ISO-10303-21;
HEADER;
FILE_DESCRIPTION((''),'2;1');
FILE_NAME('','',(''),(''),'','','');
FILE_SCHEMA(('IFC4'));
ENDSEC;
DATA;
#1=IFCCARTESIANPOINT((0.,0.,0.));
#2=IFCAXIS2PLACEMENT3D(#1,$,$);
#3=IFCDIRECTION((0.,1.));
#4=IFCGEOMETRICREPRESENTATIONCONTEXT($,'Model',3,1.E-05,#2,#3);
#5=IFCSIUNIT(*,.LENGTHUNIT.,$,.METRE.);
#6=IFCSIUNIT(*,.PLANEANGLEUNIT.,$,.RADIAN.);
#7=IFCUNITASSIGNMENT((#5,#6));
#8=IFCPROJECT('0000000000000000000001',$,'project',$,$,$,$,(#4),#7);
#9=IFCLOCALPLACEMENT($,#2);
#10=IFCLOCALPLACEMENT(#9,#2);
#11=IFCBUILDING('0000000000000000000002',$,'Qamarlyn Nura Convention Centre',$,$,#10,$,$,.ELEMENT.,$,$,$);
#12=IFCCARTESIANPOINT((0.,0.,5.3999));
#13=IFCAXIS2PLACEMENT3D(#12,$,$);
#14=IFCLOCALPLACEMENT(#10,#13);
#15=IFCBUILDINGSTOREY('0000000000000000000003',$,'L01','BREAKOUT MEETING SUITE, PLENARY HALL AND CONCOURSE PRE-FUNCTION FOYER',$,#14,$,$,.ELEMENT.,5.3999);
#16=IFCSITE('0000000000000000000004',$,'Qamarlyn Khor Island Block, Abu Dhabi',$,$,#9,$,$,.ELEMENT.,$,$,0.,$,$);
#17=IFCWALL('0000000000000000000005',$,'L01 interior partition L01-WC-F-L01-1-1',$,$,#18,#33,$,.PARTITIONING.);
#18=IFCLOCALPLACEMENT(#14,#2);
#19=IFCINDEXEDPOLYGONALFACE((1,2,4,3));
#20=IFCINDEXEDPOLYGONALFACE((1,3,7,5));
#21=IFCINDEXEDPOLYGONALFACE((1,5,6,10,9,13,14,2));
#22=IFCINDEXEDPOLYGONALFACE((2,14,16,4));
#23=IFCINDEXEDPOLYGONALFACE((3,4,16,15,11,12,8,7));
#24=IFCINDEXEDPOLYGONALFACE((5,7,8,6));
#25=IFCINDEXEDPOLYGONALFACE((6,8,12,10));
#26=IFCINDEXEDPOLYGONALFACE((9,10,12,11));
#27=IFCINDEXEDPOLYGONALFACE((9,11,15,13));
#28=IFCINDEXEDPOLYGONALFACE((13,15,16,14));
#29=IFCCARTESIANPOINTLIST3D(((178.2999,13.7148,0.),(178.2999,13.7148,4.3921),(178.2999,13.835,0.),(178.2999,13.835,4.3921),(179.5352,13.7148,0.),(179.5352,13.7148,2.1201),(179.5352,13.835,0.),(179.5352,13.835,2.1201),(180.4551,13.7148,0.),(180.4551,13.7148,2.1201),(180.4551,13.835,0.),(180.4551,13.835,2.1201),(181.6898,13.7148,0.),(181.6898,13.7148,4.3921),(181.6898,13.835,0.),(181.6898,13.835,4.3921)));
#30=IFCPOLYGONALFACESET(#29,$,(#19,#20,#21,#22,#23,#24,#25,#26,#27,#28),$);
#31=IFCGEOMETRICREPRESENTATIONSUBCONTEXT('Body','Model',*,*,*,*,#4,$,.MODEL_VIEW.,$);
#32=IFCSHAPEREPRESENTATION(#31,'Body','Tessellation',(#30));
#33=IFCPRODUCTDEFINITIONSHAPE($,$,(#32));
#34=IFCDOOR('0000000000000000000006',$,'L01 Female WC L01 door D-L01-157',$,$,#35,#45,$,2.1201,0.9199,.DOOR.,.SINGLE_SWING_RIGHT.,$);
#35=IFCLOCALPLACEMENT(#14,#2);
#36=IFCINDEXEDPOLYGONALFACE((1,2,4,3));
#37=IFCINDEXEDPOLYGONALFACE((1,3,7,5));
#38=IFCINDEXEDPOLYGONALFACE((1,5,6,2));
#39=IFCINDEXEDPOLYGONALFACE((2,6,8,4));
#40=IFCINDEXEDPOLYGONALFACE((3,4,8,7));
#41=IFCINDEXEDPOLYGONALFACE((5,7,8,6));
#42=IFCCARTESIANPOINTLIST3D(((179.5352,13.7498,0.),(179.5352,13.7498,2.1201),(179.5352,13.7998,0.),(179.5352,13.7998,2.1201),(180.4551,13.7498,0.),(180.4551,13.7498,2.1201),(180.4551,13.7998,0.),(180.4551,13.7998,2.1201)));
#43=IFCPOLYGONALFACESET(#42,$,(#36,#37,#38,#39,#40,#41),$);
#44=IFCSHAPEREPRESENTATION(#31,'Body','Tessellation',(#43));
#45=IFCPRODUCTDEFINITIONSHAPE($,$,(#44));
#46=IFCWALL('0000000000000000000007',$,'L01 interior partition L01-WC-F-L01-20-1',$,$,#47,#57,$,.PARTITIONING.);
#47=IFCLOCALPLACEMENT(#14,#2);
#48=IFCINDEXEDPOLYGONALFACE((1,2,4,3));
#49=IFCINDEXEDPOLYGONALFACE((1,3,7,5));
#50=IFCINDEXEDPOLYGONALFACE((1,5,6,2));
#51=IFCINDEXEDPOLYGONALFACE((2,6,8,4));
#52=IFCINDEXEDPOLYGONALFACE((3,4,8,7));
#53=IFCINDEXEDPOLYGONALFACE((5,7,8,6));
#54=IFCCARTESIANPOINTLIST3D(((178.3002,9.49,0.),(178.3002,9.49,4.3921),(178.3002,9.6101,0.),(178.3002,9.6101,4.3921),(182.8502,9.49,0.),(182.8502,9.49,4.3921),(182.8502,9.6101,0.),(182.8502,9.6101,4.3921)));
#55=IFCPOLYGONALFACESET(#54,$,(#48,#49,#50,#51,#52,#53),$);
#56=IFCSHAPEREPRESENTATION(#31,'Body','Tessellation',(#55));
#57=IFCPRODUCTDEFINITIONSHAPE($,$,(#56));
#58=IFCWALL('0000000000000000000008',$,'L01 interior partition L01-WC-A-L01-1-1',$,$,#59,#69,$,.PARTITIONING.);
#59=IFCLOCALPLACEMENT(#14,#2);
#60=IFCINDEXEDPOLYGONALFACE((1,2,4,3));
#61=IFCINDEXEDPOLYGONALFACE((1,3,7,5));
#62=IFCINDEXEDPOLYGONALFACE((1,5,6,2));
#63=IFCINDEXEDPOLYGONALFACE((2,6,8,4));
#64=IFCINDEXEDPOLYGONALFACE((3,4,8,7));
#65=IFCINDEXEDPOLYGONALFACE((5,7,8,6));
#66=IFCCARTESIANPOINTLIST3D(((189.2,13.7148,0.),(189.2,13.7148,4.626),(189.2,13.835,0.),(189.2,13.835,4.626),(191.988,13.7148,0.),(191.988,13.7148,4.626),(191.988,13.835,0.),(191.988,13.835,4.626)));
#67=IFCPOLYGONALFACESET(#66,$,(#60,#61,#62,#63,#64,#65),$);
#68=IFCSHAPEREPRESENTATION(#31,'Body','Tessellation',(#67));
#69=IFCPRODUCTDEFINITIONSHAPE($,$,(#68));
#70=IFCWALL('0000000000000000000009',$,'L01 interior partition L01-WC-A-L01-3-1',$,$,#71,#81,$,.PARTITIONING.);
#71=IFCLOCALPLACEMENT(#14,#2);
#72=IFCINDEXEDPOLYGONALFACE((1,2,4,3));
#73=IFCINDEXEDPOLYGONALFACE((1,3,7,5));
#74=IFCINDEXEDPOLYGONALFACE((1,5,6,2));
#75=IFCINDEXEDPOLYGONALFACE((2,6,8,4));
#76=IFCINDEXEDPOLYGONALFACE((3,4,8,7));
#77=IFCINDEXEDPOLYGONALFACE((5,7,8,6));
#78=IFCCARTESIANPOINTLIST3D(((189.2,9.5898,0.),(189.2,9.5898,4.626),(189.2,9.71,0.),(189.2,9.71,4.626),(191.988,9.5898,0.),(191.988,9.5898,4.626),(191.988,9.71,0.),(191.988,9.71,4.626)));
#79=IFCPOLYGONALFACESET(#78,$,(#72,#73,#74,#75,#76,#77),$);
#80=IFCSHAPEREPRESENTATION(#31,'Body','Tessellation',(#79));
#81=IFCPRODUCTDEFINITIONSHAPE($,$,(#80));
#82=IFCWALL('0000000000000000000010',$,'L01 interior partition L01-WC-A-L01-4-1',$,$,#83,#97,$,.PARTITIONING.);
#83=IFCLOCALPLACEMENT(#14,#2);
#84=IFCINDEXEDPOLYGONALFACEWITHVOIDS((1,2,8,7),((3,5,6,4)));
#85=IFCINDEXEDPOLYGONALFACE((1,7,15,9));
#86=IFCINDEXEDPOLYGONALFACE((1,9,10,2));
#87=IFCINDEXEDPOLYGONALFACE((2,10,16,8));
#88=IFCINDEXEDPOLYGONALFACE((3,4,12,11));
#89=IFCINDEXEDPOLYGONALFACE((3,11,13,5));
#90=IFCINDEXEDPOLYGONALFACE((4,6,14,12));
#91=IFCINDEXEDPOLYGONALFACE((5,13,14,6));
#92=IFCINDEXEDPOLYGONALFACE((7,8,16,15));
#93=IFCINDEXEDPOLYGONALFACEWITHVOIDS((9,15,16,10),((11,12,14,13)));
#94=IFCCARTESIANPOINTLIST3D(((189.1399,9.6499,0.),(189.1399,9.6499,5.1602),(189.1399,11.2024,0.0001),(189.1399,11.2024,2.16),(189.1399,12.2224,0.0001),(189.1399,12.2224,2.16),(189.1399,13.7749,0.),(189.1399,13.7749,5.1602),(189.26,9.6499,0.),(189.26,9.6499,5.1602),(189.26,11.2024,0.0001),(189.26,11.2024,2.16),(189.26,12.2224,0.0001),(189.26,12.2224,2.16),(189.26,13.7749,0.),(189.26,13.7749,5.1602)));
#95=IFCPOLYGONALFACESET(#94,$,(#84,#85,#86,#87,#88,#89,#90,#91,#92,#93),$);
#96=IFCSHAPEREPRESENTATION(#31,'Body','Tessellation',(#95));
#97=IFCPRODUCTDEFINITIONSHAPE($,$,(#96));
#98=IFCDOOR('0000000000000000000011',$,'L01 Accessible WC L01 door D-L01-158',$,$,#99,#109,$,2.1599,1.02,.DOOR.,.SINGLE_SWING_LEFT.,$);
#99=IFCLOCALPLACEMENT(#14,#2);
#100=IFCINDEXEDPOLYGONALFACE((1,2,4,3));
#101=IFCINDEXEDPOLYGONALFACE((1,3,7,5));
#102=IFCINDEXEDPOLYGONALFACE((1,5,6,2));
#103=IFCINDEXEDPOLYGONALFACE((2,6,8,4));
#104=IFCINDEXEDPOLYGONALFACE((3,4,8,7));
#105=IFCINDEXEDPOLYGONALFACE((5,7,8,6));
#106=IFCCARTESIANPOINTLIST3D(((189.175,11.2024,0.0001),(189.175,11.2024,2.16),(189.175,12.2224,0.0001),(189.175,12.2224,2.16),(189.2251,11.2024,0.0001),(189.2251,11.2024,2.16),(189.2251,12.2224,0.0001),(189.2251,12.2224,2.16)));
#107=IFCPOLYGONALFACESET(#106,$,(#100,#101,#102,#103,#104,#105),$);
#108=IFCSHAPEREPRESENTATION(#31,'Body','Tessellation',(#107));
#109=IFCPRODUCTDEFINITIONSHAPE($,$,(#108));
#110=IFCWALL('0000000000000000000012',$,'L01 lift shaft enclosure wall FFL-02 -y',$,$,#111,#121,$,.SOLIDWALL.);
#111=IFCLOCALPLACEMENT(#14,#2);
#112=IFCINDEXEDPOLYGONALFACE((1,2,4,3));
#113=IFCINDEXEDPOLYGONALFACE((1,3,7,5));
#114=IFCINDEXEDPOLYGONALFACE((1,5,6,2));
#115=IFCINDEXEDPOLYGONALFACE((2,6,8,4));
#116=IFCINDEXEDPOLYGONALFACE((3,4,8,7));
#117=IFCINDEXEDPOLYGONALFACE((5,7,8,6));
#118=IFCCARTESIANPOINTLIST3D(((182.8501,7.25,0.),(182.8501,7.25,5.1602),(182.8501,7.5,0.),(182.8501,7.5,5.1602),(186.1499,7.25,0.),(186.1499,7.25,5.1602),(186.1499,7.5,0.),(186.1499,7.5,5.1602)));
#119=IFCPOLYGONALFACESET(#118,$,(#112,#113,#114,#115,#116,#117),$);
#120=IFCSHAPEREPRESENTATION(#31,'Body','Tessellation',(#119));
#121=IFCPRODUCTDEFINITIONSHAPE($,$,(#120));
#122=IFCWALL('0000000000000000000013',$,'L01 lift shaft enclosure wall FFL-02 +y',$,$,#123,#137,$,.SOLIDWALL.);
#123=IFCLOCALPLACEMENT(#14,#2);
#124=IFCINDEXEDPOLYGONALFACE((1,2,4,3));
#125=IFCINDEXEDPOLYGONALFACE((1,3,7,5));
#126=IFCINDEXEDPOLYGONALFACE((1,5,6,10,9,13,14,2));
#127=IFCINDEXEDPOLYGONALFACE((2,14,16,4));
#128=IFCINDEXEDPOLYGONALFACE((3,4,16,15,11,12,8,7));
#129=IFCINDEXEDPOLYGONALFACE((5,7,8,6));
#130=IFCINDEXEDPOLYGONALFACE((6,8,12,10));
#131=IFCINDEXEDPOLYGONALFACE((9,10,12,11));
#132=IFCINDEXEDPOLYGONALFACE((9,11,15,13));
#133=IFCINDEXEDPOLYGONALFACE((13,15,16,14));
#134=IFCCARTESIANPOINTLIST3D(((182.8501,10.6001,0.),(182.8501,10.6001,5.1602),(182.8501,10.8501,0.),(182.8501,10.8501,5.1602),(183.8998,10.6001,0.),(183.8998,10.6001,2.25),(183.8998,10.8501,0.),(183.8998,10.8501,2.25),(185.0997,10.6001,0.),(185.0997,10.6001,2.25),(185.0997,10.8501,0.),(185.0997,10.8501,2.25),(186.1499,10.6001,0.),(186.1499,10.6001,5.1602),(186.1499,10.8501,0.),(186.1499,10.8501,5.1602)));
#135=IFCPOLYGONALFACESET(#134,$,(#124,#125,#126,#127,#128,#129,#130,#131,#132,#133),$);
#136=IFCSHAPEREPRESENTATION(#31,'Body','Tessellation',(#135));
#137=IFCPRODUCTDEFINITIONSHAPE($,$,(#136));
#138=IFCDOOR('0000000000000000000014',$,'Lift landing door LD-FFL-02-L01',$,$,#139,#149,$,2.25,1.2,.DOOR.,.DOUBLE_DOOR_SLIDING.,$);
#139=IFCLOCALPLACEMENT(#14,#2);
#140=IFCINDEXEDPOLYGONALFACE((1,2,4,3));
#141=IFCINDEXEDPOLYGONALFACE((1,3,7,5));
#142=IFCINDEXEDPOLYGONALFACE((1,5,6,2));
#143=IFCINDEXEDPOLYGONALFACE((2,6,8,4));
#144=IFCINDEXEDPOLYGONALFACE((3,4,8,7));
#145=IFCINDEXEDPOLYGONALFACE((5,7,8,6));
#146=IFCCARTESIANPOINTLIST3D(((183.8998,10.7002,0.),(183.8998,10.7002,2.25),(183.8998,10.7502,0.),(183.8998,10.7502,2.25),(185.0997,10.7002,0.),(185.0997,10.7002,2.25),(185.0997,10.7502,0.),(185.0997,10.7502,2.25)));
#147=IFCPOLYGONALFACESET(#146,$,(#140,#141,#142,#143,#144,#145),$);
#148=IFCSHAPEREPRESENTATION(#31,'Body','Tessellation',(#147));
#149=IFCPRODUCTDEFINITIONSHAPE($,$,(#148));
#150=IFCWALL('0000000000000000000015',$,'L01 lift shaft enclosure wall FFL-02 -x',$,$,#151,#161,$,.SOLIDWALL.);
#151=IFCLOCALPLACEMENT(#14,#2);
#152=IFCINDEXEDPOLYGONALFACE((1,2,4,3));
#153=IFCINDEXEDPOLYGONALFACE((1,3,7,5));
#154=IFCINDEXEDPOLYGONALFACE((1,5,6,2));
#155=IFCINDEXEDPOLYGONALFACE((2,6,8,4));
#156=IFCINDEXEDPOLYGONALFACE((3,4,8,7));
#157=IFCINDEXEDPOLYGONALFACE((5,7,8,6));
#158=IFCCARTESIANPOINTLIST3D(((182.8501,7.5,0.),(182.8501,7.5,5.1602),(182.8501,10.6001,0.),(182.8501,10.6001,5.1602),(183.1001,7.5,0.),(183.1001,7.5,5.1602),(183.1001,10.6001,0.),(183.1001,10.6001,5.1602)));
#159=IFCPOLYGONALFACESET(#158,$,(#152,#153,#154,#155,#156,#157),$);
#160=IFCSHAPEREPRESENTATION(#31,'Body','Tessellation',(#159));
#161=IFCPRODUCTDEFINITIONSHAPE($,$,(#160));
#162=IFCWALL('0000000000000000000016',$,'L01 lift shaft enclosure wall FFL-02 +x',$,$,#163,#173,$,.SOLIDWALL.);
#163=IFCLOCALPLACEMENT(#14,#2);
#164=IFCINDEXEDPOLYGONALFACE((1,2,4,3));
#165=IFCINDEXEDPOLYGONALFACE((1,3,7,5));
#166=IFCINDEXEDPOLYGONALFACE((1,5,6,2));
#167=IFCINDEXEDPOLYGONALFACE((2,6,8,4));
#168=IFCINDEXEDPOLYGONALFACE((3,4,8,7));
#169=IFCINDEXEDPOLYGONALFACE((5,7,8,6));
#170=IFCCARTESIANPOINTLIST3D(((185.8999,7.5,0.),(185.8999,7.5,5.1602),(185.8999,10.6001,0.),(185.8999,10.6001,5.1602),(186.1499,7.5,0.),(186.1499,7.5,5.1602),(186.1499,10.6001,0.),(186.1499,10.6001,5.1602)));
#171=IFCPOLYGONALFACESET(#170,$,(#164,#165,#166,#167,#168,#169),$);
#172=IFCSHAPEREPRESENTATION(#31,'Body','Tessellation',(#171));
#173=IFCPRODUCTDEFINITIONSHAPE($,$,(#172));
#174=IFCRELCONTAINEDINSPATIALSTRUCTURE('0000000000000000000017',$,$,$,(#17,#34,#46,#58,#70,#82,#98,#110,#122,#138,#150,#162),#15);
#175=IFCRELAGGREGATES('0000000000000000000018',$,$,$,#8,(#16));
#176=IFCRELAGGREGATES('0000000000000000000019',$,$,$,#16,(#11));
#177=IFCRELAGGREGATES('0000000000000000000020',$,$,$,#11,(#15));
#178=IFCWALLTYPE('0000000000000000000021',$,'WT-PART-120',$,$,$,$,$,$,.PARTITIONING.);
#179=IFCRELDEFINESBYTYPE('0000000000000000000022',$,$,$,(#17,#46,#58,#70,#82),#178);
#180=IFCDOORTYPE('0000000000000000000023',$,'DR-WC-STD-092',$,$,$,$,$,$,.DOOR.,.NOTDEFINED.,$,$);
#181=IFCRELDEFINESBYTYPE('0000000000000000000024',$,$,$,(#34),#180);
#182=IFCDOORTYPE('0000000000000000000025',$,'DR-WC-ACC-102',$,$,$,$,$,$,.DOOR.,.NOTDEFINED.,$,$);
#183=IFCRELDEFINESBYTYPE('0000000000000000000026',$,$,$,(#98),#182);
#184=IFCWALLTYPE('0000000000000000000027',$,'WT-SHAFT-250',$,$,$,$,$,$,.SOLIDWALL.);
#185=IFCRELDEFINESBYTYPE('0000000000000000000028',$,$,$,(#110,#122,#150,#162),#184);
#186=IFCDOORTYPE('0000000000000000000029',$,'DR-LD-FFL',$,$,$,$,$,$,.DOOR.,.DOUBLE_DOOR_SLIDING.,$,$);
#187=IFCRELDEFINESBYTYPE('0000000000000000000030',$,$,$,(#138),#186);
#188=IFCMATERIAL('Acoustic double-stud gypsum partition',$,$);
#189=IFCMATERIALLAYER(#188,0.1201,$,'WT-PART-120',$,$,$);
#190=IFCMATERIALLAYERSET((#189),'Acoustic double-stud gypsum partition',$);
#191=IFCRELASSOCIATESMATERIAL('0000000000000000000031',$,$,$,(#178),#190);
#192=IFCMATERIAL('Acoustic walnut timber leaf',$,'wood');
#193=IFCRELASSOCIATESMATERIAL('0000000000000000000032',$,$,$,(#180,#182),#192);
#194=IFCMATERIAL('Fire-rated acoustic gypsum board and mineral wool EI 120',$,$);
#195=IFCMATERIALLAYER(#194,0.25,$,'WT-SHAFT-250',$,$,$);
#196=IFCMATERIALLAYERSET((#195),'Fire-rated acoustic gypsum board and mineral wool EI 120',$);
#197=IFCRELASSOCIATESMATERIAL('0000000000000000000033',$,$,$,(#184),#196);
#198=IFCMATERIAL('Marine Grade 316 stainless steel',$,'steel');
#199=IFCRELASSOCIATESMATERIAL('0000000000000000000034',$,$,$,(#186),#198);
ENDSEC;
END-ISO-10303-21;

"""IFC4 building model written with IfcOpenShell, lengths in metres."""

from ifc_helpers import new_model, si_unit, direction, frame, frame_2d, origin, place, context, subcontext, project, spatial, rectangle, extrude, material, layer, layer_set, type_object, element, fill, save


model = new_model("IFC4")

# Units and contexts
model_context = context("Model", 3, precision=1e-05, world=origin(), true_north=direction((0.0, 1.0)))
body_context = subcontext(model_context, "Body", "Model", "MODEL_VIEW")
ifc_project = project(units=[si_unit("LENGTHUNIT", "METRE"), si_unit("PLANEANGLEUNIT", "RADIAN")], contexts=[model_context])

# Site, building, storey
site_placement = place(None, origin())
site = spatial("IfcSite", under=ifc_project, at=site_placement, Name="Qamarlyn Khor Island Block, Abu Dhabi", CompositionType="ELEMENT", RefElevation=0.0)
building_placement = place(site_placement, origin())
building = spatial("IfcBuilding", under=site, at=building_placement, Name="Qamarlyn Nura Convention Centre", CompositionType="ELEMENT")
storey_placement = place(building_placement, frame((0.0, 0.0, 5.3999)))
storey = spatial("IfcBuildingStorey", under=building, at=storey_placement, Name="L01", Description="BREAKOUT MEETING SUITE, PLENARY HALL AND CONCOURSE PRE-FUNCTION FOYER", CompositionType="ELEMENT", Elevation=5.3999)

# Shared definitions
ifc_material_1 = material(Name="Fire-rated acoustic gypsum board and mineral wool EI 120")

# Wall, opening, door
ifc_material_2 = material(Name="Acoustic double-stud gypsum partition")
ifc_layer_1 = layer(ifc_material_2, 0.1201, Name="WT-PART-120")
ifc_layer_set_1 = layer_set([ifc_layer_1], Name="Acoustic double-stud gypsum partition")
wall_type_1 = type_object("IfcWallType", Name="WT-PART-120", PredefinedType="PARTITIONING", material=ifc_layer_set_1)
wall_1_placement = place(storey_placement, frame((178.3, 13.7749, 0.0), z_axis=(0.0, 0.0, 1.0), x_axis=(1.0, 0.0, 0.0)))
wall_1 = element("IfcWall", 1, at=wall_1_placement, inside=storey, type_object=wall_type_1, Name="L01 interior partition L01-WC-F-L01-1-1", PredefinedType="PARTITIONING", context=body_context, shape_type="SweptSolid", body=[
    extrude(rectangle(XDim=3.3899, YDim=0.1201, at=frame_2d((1.6948, 0.0))), origin(), (0.0, 0.0, 1.0), 4.3921),
])
opening_1_placement = place(wall_1_placement, frame((1.2351, 0.0, 0.0)))
opening_1 = element("IfcOpeningElement", 2, at=opening_1_placement, cuts=wall_1, PredefinedType="OPENING", context=body_context, shape_type="SweptSolid", body=[
    extrude(rectangle(XDim=0.9199, YDim=2.1201, at=frame_2d((0.46, 1.0601))), frame((0.0, 0.0701, 0.0), z_axis=(0.0, -1.0, 0.0), x_axis=(1.0, 0.0, 0.0)), (0.0, 0.0, 1.0), 0.1401),
])
ifc_material_3 = material(Name="Acoustic walnut timber leaf", Category="wood")
door_type_1 = type_object("IfcDoorType", Name="DR-WC-STD-092", OperationType="NOTDEFINED", PredefinedType="DOOR", material=ifc_material_3)
door_1_placement = place(opening_1_placement, origin())
door_1 = element("IfcDoor", 3, at=door_1_placement, inside=storey, type_object=door_type_1, Name="L01 Female WC L01 door D-L01-157", OperationType="SINGLE_SWING_RIGHT", OverallHeight=2.1201, OverallWidth=0.9199, PredefinedType="DOOR", context=body_context, shape_type="SweptSolid", body=[
    extrude(rectangle(XDim=0.9199, YDim=2.1201, at=frame_2d((0.46, 1.0601))), frame((0.0, 0.0249, 0.0), z_axis=(0.0, -1.0, 0.0), x_axis=(1.0, 0.0, 0.0)), (0.0, 0.0, 1.0), 0.05),
])
fill(opening_1, door_1)

# Walls
wall_2_placement = place(storey_placement, frame((182.8501, 9.55, 0.0), z_axis=(0.0, 0.0, 1.0), x_axis=(-1.0, 0.0, 0.0)))
element("IfcWall", 4, at=wall_2_placement, inside=storey, type_object=wall_type_1, Name="L01 interior partition L01-WC-F-L01-20-1", PredefinedType="PARTITIONING", context=body_context, shape_type="SweptSolid", body=[
    extrude(rectangle(XDim=4.55, YDim=0.1201, at=frame_2d((2.2749, 0.0))), origin(), (0.0, 0.0, 1.0), 4.3921),
])
for number, where, z_axis, x_axis, name in (
    (5, (189.2, 13.7749, 0.0), (0.0, 0.0, 1.0), (1.0, 0.0, 0.0), "L01 interior partition L01-WC-A-L01-1-1"),
    (6, (191.988, 9.6499, 0.0), (0.0, 0.0, 1.0), (-1.0, 0.0, 0.0), "L01 interior partition L01-WC-A-L01-3-1"),
):
    element("IfcWall", number, at=place(storey_placement, frame(where, z_axis=z_axis, x_axis=x_axis)), inside=storey, type_object=wall_type_1, Name=name, PredefinedType="PARTITIONING", context=body_context, shape_type="SweptSolid", body=[
        extrude(rectangle(XDim=2.7881, YDim=0.1201, at=frame_2d((1.394, 0.0))), origin(), (0.0, 0.0, 1.0), 4.626),
    ])

# Wall, opening, door
wall_3_placement = place(storey_placement, frame((189.2, 9.6499, 0.0), z_axis=(0.0, 0.0, 1.0), x_axis=(0.0, 1.0, 0.0)))
wall_3 = element("IfcWall", 7, at=wall_3_placement, inside=storey, type_object=wall_type_1, Name="L01 interior partition L01-WC-A-L01-4-1", PredefinedType="PARTITIONING", context=body_context, shape_type="SweptSolid", body=[
    extrude(rectangle(XDim=4.125, YDim=0.1201, at=frame_2d((2.0625, 0.0))), origin(), (0.0, 0.0, 1.0), 5.1602),
])
opening_2_placement = place(wall_3_placement, frame((1.5525, 0.0, 0.0)))
opening_2 = element("IfcOpeningElement", 8, at=opening_2_placement, cuts=wall_3, PredefinedType="OPENING", context=body_context, shape_type="SweptSolid", body=[
    extrude(rectangle(XDim=1.02, YDim=2.1599, at=frame_2d((0.51, 1.0801))), frame((0.0, 0.0701, 0.0), z_axis=(0.0, -1.0, 0.0), x_axis=(1.0, 0.0, 0.0)), (0.0, 0.0, 1.0), 0.1401),
])
door_type_2 = type_object("IfcDoorType", Name="DR-WC-ACC-102", OperationType="NOTDEFINED", PredefinedType="DOOR", material=ifc_material_3)
door_2_placement = place(opening_2_placement, origin())
door_2 = element("IfcDoor", 9, at=door_2_placement, inside=storey, type_object=door_type_2, Name="L01 Accessible WC L01 door D-L01-158", OperationType="SINGLE_SWING_LEFT", OverallHeight=2.1599, OverallWidth=1.02, PredefinedType="DOOR", context=body_context, shape_type="SweptSolid", body=[
    extrude(rectangle(XDim=1.02, YDim=2.1599, at=frame_2d((0.51, 1.0801))), frame((0.0, 0.0249, 0.0), z_axis=(0.0, -1.0, 0.0), x_axis=(1.0, 0.0, 0.0)), (0.0, 0.0, 1.0), 0.05),
])
fill(opening_2, door_2)

# Wall
ifc_layer_2 = layer(ifc_material_1, 0.25, Name="WT-SHAFT-250")
ifc_layer_set_2 = layer_set([ifc_layer_2], Name="Fire-rated acoustic gypsum board and mineral wool EI 120")
wall_type_2 = type_object("IfcWallType", Name="WT-SHAFT-250", PredefinedType="SOLIDWALL", material=ifc_layer_set_2)
wall_4_placement = place(storey_placement, frame((182.8501, 7.375, 0.0), z_axis=(0.0, 0.0, 1.0), x_axis=(1.0, 0.0, 0.0)))
element("IfcWall", 10, at=wall_4_placement, inside=storey, type_object=wall_type_2, Name="L01 lift shaft enclosure wall FFL-02 -y", PredefinedType="SOLIDWALL", context=body_context, shape_type="SweptSolid", body=[
    extrude(rectangle(XDim=3.2998, YDim=0.25, at=frame_2d((1.6499, 0.0))), origin(), (0.0, 0.0, 1.0), 5.1602),
])

# Wall, opening, door
wall_5_placement = place(storey_placement, frame((186.1499, 10.7251, 0.0), z_axis=(0.0, 0.0, 1.0), x_axis=(-1.0, 0.0, 0.0)))
wall_5 = element("IfcWall", 11, at=wall_5_placement, inside=storey, type_object=wall_type_2, Name="L01 lift shaft enclosure wall FFL-02 +y", PredefinedType="SOLIDWALL", context=body_context, shape_type="SweptSolid", body=[
    extrude(rectangle(XDim=3.2998, YDim=0.25, at=frame_2d((1.6499, 0.0))), origin(), (0.0, 0.0, 1.0), 5.1602),
])
opening_3_placement = place(wall_5_placement, frame((1.05, 0.0, 0.0)))
opening_3 = element("IfcOpeningElement", 12, at=opening_3_placement, cuts=wall_5, PredefinedType="OPENING", context=body_context, shape_type="SweptSolid", body=[
    extrude(rectangle(XDim=1.2, YDim=2.25, at=frame_2d((0.6001, 1.125))), frame((0.0, 0.135, 0.0), z_axis=(0.0, -1.0, 0.0), x_axis=(1.0, 0.0, 0.0)), (0.0, 0.0, 1.0), 0.27),
])
ifc_material_4 = material(Name="Marine Grade 316 stainless steel", Category="steel")
door_type_3 = type_object("IfcDoorType", Name="DR-LD-FFL", OperationType="DOUBLE_DOOR_SLIDING", PredefinedType="DOOR", material=ifc_material_4)
door_3_placement = place(opening_3_placement, origin())
door_3 = element("IfcDoor", 13, at=door_3_placement, inside=storey, type_object=door_type_3, Name="Lift landing door LD-FFL-02-L01", OperationType="DOUBLE_DOOR_SLIDING", OverallHeight=2.25, OverallWidth=1.2, PredefinedType="DOOR", context=body_context, shape_type="SweptSolid", body=[
    extrude(rectangle(XDim=1.2, YDim=2.25, at=frame_2d((0.6001, 1.125))), frame((0.0, 0.0249, 0.0), z_axis=(0.0, -1.0, 0.0), x_axis=(1.0, 0.0, 0.0)), (0.0, 0.0, 1.0), 0.05),
])
fill(opening_3, door_3)

# Walls
for number, where, z_axis, x_axis, name in (
    (14, (182.9751, 10.6001, 0.0), (0.0, 0.0, 1.0), (0.0, -1.0, 0.0), "L01 lift shaft enclosure wall FFL-02 -x"),
    (15, (186.0249, 7.5, 0.0), (0.0, 0.0, 1.0), (0.0, 1.0, 0.0), "L01 lift shaft enclosure wall FFL-02 +x"),
):
    element("IfcWall", number, at=place(storey_placement, frame(where, z_axis=z_axis, x_axis=x_axis)), inside=storey, type_object=wall_type_2, Name=name, PredefinedType="SOLIDWALL", context=body_context, shape_type="SweptSolid", body=[
        extrude(rectangle(XDim=3.1001, YDim=0.25, at=frame_2d((1.55, 0.0))), origin(), (0.0, 0.0, 1.0), 5.1602),
    ])

save(model, "model.ifc")
